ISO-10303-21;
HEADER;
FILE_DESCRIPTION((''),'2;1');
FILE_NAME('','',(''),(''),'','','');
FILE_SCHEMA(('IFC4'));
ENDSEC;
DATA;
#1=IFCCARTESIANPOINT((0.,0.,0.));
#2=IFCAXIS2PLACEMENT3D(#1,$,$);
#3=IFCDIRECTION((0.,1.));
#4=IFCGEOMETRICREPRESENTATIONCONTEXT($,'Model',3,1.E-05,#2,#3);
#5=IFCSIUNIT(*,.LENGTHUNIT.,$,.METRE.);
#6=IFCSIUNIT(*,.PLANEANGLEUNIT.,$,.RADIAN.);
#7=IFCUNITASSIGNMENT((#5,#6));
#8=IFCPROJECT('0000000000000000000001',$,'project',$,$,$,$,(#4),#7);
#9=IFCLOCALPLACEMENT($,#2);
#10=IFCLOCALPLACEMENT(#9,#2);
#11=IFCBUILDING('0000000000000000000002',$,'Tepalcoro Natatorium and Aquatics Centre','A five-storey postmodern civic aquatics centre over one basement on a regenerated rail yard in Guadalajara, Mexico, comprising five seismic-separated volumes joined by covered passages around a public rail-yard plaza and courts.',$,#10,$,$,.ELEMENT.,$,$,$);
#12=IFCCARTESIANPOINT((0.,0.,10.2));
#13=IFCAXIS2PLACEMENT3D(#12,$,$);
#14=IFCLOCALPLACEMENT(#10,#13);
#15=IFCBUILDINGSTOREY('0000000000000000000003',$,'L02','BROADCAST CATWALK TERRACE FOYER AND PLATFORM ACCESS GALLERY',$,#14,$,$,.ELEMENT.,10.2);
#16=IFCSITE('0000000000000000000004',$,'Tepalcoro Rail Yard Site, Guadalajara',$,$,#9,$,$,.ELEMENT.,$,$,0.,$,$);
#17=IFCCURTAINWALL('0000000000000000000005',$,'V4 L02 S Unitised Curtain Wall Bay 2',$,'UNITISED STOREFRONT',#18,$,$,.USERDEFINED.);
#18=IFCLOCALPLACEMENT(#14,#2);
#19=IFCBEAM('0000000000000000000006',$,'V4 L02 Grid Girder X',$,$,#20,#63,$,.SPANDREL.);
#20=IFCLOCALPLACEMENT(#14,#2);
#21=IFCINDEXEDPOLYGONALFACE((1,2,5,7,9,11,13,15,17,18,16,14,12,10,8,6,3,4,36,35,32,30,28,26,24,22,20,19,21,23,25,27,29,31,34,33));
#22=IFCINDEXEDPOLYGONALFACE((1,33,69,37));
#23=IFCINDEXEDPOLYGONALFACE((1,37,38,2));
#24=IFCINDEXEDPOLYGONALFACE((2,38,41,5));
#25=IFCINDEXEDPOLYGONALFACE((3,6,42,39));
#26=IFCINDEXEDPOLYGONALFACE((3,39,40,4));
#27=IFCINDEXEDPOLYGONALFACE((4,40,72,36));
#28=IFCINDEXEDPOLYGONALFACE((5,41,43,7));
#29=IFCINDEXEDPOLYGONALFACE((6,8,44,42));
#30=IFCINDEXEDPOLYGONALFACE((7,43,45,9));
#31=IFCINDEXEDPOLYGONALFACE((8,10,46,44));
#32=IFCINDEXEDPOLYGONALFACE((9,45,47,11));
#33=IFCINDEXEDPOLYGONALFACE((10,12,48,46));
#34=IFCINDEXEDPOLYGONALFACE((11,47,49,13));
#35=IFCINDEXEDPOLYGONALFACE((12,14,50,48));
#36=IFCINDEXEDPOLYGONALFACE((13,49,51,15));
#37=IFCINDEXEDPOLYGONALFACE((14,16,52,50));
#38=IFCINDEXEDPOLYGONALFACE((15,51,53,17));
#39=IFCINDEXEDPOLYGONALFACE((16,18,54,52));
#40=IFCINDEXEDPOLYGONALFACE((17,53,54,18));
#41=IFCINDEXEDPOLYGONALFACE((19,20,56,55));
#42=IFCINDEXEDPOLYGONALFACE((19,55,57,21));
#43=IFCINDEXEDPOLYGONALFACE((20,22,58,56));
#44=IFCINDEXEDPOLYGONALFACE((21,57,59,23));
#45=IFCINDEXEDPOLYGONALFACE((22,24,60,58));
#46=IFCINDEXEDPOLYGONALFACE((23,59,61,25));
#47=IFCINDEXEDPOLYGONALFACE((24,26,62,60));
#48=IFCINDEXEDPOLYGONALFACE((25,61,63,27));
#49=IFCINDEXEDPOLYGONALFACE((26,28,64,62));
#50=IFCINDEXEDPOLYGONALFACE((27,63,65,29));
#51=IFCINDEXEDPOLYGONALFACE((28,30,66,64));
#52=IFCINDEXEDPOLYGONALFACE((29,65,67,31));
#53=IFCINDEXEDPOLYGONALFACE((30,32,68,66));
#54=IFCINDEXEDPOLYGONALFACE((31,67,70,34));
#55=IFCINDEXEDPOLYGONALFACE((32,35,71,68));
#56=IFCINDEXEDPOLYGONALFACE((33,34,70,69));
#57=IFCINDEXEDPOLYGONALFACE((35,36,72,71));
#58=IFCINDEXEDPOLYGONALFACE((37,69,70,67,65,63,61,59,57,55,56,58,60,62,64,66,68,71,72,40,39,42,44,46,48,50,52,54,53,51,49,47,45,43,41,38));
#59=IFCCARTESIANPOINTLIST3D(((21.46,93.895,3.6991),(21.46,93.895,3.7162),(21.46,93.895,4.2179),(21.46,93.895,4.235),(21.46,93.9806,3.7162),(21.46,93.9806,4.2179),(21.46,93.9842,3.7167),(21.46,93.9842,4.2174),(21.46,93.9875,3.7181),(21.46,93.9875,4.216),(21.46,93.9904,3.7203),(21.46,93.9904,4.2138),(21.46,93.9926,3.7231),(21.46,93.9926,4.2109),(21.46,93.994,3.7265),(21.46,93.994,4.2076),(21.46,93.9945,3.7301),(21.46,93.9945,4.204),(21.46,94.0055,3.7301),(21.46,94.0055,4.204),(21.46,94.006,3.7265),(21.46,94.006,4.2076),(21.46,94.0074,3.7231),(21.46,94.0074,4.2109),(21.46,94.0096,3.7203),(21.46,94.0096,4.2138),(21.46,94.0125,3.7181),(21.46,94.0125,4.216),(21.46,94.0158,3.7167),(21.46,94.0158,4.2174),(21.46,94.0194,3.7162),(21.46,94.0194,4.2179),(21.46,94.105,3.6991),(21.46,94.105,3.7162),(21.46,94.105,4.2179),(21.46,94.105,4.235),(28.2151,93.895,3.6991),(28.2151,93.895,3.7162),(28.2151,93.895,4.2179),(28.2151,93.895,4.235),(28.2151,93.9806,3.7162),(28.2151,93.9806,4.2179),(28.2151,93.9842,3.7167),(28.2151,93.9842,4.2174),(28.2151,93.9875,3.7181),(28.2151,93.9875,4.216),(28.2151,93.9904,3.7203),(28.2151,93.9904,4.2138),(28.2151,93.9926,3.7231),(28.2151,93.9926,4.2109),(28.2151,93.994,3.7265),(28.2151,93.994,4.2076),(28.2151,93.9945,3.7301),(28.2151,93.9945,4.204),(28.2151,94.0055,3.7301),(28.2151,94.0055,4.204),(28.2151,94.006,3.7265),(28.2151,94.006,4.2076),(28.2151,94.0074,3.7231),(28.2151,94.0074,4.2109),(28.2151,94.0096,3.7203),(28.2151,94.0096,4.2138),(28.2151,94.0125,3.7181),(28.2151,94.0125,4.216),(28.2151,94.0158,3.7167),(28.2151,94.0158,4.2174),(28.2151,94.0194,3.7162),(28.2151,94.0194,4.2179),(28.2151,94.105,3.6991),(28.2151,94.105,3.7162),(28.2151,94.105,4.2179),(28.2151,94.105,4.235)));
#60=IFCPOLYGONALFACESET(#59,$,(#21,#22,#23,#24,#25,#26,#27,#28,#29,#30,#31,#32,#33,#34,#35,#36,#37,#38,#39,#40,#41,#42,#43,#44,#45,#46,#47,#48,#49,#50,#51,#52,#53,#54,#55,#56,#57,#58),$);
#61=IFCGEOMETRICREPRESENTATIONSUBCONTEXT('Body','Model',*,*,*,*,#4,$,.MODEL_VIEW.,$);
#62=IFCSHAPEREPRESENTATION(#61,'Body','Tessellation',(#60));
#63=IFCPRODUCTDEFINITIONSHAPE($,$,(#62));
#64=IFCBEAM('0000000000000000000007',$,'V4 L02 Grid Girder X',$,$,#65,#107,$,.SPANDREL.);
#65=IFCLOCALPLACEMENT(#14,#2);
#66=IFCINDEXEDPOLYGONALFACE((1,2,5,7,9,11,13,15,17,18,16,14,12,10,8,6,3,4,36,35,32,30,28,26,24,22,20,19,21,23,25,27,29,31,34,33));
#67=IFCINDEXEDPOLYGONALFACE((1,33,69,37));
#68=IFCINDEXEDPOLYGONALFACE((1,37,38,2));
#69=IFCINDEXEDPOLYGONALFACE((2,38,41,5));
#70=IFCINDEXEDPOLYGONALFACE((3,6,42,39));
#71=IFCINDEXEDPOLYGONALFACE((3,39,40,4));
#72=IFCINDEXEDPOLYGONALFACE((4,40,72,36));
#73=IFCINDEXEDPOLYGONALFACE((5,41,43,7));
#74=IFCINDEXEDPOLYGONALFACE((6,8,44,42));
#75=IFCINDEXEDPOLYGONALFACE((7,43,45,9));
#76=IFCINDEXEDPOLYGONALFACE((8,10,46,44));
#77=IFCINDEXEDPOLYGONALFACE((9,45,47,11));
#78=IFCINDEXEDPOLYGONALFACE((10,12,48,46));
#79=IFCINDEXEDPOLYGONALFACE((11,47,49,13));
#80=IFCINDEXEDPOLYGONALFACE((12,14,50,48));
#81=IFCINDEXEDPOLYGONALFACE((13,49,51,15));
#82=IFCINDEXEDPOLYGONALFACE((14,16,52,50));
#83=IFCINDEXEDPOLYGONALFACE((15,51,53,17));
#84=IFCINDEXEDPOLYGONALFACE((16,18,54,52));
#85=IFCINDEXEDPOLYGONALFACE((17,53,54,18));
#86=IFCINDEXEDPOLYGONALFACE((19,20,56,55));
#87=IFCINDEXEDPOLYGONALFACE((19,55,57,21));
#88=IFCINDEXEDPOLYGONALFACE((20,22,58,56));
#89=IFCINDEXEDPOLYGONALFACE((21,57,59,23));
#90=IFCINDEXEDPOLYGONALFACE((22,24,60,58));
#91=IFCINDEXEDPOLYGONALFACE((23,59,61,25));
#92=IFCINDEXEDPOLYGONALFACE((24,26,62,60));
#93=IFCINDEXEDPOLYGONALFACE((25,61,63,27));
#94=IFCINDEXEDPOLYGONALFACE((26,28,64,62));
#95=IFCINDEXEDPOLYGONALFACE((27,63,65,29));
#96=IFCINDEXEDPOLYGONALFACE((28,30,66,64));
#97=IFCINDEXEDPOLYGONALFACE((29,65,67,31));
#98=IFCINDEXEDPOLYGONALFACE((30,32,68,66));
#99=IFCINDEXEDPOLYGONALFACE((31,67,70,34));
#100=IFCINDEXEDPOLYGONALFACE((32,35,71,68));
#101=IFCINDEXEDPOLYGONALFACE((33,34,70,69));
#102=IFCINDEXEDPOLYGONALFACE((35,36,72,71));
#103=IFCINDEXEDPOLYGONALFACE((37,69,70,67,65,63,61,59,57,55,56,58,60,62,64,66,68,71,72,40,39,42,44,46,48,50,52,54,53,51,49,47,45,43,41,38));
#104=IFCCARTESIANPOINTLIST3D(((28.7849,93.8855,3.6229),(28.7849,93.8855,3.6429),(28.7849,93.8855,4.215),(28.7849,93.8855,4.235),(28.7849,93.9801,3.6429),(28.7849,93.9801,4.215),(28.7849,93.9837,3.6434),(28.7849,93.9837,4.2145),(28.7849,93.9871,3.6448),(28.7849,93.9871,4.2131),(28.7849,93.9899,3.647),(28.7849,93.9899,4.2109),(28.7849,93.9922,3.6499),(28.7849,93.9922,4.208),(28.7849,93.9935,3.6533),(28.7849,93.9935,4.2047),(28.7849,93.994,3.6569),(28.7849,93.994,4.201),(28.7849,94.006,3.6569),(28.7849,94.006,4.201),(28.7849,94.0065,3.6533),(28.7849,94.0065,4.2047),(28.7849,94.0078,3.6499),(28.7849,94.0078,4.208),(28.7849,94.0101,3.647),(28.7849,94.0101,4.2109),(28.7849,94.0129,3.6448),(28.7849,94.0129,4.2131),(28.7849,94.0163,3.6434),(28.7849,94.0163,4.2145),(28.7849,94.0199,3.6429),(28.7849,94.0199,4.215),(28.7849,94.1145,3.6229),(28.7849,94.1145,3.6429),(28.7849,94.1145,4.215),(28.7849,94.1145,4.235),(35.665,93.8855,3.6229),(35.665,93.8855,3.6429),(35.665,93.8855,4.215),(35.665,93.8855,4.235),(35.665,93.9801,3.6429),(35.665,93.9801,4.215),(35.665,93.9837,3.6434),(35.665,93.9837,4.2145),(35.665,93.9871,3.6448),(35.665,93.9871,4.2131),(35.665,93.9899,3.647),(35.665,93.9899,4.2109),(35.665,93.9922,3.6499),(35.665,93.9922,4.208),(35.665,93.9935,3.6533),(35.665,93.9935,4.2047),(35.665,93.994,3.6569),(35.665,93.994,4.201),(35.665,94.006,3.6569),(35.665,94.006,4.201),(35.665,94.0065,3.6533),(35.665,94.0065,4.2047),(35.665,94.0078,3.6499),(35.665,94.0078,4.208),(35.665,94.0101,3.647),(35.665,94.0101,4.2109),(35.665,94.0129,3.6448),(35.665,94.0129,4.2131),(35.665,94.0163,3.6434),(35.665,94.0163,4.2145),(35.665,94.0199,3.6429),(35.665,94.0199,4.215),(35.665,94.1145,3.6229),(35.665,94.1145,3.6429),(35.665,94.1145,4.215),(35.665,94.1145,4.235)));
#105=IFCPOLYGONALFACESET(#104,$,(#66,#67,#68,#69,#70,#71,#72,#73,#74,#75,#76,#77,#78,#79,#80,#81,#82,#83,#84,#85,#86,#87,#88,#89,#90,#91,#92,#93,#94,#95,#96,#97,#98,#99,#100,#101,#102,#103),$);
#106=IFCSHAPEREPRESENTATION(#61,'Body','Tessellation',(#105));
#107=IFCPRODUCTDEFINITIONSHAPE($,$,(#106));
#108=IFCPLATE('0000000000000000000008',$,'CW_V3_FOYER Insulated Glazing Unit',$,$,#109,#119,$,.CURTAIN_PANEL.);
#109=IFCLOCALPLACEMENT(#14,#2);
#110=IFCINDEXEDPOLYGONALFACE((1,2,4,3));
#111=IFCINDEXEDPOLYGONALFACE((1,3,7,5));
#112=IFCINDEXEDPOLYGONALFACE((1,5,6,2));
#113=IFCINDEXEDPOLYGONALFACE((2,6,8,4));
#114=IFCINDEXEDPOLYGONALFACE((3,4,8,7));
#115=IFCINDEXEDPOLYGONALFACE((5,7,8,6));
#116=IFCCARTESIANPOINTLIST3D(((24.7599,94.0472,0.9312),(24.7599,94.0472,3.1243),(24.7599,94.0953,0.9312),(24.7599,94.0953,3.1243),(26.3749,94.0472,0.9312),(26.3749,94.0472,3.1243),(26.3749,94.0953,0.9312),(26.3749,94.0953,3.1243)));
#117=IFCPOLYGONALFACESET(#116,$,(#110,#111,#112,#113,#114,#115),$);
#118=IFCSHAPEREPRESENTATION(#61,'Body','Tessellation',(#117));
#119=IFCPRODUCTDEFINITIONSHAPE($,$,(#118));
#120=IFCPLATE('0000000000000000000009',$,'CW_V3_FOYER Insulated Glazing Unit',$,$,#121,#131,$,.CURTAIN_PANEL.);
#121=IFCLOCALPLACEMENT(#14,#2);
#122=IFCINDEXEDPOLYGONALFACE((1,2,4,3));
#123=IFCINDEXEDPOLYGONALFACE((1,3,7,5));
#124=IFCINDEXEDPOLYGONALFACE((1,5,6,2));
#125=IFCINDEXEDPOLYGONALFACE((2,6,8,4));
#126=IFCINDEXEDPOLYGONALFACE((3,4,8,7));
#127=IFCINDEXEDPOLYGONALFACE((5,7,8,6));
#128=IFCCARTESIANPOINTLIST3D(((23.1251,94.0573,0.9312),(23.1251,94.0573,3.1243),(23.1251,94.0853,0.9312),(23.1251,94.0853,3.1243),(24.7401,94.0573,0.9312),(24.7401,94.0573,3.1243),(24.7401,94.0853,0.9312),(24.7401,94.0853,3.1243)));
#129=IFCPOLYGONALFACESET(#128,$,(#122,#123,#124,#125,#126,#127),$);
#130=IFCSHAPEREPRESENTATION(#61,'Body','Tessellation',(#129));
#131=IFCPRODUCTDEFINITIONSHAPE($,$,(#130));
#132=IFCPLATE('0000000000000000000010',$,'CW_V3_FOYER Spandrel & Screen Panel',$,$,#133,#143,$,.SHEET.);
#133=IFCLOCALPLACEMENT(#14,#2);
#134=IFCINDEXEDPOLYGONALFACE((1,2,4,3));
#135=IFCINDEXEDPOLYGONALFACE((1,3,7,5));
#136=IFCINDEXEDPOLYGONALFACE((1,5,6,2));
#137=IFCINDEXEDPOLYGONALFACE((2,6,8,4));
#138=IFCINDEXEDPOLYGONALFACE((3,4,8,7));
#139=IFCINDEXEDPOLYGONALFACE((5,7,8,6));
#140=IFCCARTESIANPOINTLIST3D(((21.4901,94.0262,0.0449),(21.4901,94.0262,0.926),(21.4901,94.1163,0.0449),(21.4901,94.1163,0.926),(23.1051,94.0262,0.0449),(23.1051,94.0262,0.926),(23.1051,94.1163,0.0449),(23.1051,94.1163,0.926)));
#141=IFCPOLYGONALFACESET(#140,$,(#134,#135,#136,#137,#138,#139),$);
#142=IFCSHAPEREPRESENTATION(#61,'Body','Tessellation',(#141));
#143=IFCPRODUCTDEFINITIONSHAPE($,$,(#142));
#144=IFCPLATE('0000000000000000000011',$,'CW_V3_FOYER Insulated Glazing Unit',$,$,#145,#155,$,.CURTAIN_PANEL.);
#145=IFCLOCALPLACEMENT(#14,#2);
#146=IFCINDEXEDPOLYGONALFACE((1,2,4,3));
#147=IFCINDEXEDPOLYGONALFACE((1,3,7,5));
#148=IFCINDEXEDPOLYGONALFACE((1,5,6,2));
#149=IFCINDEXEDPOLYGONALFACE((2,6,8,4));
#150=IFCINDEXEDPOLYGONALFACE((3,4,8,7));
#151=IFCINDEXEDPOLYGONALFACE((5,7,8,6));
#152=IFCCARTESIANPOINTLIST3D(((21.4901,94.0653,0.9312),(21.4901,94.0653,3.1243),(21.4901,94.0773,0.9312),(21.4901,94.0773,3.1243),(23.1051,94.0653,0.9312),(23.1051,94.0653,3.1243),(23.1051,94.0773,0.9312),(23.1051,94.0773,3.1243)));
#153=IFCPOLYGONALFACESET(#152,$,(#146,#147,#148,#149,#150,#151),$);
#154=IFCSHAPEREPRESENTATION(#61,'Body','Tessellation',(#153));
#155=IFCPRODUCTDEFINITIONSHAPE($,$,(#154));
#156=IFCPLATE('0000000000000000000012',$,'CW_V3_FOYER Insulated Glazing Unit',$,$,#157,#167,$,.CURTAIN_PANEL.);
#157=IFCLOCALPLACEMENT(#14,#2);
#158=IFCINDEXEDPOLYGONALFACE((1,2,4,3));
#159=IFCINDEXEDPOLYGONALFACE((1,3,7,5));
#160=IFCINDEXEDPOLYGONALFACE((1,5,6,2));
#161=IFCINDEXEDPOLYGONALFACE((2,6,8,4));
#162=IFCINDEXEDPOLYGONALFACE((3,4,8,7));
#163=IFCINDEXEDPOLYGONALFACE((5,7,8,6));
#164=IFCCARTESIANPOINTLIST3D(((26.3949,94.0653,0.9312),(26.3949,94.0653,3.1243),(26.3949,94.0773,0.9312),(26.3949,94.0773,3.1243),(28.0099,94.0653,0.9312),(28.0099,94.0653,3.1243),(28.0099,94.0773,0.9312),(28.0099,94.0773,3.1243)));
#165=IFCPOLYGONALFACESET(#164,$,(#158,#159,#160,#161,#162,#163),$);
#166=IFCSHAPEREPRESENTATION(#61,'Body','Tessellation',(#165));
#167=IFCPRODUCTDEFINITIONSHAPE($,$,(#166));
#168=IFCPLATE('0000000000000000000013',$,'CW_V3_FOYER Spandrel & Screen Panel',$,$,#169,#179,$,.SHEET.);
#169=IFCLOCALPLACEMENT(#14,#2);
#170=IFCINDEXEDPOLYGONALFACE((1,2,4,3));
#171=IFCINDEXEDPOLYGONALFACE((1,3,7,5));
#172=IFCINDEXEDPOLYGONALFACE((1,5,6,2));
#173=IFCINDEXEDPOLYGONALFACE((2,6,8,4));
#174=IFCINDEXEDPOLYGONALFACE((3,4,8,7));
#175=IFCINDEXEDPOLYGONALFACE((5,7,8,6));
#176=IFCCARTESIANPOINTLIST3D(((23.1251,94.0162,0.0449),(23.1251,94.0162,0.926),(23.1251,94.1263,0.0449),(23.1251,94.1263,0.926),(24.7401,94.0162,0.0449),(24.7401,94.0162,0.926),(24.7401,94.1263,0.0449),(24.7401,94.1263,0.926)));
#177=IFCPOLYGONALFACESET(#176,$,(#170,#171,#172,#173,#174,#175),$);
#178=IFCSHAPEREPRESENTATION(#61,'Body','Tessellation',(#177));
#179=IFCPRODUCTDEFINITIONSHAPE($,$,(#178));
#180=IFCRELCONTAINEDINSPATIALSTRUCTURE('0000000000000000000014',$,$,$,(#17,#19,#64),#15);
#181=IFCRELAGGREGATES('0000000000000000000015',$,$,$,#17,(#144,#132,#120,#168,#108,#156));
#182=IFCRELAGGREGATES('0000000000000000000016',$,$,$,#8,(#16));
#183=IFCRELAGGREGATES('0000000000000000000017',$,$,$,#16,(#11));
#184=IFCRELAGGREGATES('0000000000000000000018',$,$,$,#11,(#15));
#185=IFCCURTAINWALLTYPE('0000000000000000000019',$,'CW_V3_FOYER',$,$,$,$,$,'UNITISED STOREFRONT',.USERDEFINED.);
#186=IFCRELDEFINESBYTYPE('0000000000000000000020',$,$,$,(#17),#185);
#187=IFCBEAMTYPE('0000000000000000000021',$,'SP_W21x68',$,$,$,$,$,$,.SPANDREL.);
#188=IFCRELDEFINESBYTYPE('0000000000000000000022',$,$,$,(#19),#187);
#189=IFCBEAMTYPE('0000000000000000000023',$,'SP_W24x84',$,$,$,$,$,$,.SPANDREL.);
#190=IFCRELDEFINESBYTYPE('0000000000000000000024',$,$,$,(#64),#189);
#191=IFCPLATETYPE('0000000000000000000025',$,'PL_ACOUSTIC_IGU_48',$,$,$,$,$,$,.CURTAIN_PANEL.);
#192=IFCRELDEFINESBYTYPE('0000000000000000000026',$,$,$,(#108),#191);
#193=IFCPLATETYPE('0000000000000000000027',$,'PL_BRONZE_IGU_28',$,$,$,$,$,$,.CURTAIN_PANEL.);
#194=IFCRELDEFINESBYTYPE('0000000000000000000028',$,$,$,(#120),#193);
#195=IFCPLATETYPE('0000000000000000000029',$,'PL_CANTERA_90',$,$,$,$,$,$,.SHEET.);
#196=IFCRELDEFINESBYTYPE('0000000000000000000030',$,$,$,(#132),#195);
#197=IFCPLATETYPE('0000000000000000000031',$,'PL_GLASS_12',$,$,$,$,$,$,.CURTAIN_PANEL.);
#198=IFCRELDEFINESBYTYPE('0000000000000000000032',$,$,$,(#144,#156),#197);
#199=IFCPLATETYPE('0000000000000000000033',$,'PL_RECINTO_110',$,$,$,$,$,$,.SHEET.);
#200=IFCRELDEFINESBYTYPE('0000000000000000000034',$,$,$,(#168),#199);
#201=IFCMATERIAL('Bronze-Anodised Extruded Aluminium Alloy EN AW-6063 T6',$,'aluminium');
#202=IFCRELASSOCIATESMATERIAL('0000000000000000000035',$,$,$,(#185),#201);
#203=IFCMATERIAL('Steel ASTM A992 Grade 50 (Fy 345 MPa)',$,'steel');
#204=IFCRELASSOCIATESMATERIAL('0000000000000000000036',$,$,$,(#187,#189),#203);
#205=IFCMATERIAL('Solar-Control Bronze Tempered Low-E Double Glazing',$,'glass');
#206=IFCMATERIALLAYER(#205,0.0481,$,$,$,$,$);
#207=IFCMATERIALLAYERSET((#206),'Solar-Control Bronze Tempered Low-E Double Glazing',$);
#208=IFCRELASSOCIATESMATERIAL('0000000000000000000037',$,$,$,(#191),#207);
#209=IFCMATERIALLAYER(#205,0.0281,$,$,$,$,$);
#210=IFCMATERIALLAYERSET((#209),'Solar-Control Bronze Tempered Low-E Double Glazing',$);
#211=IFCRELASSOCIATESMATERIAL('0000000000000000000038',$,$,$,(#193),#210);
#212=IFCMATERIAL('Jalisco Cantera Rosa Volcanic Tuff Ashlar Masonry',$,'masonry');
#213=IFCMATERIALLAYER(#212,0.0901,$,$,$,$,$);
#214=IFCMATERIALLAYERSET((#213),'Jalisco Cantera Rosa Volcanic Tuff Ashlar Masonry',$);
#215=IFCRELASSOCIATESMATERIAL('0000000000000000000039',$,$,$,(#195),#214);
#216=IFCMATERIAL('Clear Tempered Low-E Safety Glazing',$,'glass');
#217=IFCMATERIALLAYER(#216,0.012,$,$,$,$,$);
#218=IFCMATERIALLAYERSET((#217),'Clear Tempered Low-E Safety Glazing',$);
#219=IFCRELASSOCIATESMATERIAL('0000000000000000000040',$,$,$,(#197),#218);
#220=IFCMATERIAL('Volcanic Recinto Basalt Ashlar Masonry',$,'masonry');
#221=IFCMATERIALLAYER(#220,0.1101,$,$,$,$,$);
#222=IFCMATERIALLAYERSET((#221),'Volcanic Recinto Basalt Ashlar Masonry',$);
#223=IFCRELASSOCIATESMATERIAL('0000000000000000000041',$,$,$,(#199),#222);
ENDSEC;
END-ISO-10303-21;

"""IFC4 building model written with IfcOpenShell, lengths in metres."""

from ifc_helpers import new_model, si_unit, direction, frame, origin, origin_2d, place, context, subcontext, project, spatial, rectangle, i_section, extrude, material, layer, layer_set, material_profile, profile_set, type_object, element, aggregate, save


model = new_model("IFC4")

# Units and contexts
model_context = context("Model", 3, precision=1e-05, world=origin(), true_north=direction((0.0, 1.0)))
body_context = subcontext(model_context, "Body", "Model", "MODEL_VIEW")
ifc_project = project(units=[si_unit("LENGTHUNIT", "METRE"), si_unit("PLANEANGLEUNIT", "RADIAN")], contexts=[model_context])

# Site, building, storey
site_placement = place(None, origin())
site = spatial("IfcSite", under=ifc_project, at=site_placement, Name="Tepalcoro Rail Yard Site, Guadalajara", CompositionType="ELEMENT", RefElevation=0.0)
building_placement = place(site_placement, origin())
building = spatial("IfcBuilding", under=site, at=building_placement, Name="Tepalcoro Natatorium and Aquatics Centre", Description="A five-storey postmodern civic aquatics centre over one basement on a regenerated rail yard in Guadalajara, Mexico, comprising five seismic-separated volumes joined by covered passages around a public rail-yard plaza and courts.", CompositionType="ELEMENT")
storey_placement = place(building_placement, frame((0.0, 0.0, 10.2)))
storey = spatial("IfcBuildingStorey", under=building, at=storey_placement, Name="L02", Description="BROADCAST CATWALK TERRACE FOYER AND PLATFORM ACCESS GALLERY", CompositionType="ELEMENT", Elevation=10.2)

# Curtain wall
ifc_material_1 = material(Name="Bronze-Anodised Extruded Aluminium Alloy EN AW-6063 T6", Category="aluminium")
curtain_wall_type = type_object("IfcCurtainWallType", Name="CW_V3_FOYER", ElementType="UNITISED STOREFRONT", PredefinedType="USERDEFINED", material=ifc_material_1)
curtain_wall_placement = place(storey_placement, origin())
curtain_wall = element("IfcCurtainWall", 1, at=curtain_wall_placement, inside=storey, type_object=curtain_wall_type, Name="V4 L02 S Unitised Curtain Wall Bay 2", ObjectType="UNITISED STOREFRONT", PredefinedType="USERDEFINED")

# Shared definitions
ifc_material_2 = material(Name="Steel ASTM A992 Grade 50 (Fy 345 MPa)", Category="steel")

# Beams
ifc_material_profile_1 = material_profile(ifc_material_2, i_section(OverallWidth=0.21, OverallDepth=0.5359, WebThickness=0.011, FlangeThickness=0.0171, FilletRadius=0.0139, at=origin_2d()), Name="W21X68")
ifc_profile_set_1 = profile_set([ifc_material_profile_1], Name="Steel ASTM A992 Grade 50 (Fy 345 MPa)")
beam_type_1 = type_object("IfcBeamType", Name="SP_W21x68", PredefinedType="SPANDREL", material=ifc_profile_set_1)
beam_1_placement = place(storey_placement, frame((21.46, 94.0, 3.967), z_axis=(1.0, 0.0, 0.0), x_axis=(0.0, 1.0, 0.0)))
element("IfcBeam", 2, at=beam_1_placement, inside=storey, type_object=beam_type_1, Name="V4 L02 Grid Girder X", PredefinedType="SPANDREL", context=body_context, shape_type="SweptSolid", body=[
    extrude(i_section(OverallWidth=0.21, OverallDepth=0.5359, WebThickness=0.011, FlangeThickness=0.0171, FilletRadius=0.0139, at=origin_2d()), origin(), (0.0, 0.0, 1.0), 6.7551),
])
ifc_material_profile_2 = material_profile(ifc_material_2, i_section(OverallWidth=0.229, OverallDepth=0.6121, WebThickness=0.012, FlangeThickness=0.02, FilletRadius=0.0139, at=origin_2d()), Name="W24X84")
ifc_profile_set_2 = profile_set([ifc_material_profile_2], Name="Steel ASTM A992 Grade 50 (Fy 345 MPa)")
beam_type_2 = type_object("IfcBeamType", Name="SP_W24x84", PredefinedType="SPANDREL", material=ifc_profile_set_2)
beam_2_placement = place(storey_placement, frame((28.7849, 94.0, 3.929), z_axis=(1.0, 0.0, 0.0), x_axis=(0.0, 1.0, 0.0)))
element("IfcBeam", 3, at=beam_2_placement, inside=storey, type_object=beam_type_2, Name="V4 L02 Grid Girder X", PredefinedType="SPANDREL", context=body_context, shape_type="SweptSolid", body=[
    extrude(i_section(OverallWidth=0.229, OverallDepth=0.6121, WebThickness=0.012, FlangeThickness=0.02, FilletRadius=0.0139, at=origin_2d()), origin(), (0.0, 0.0, 1.0), 6.8801),
])

# Plates
ifc_material_3 = material(Name="Solar-Control Bronze Tempered Low-E Double Glazing", Category="glass")
ifc_layer_1 = layer(ifc_material_3, 0.0481)
ifc_layer_set_1 = layer_set([ifc_layer_1], Name="Solar-Control Bronze Tempered Low-E Double Glazing")
plate_type_1 = type_object("IfcPlateType", Name="PL_ACOUSTIC_IGU_48", PredefinedType="CURTAIN_PANEL", material=ifc_layer_set_1)
plate_1_placement = place(storey_placement, frame((25.5674, 94.0713, 0.9312), z_axis=(0.0, 0.0, 1.0), x_axis=(1.0, 0.0, 0.0)))
plate_1 = element("IfcPlate", 4, at=plate_1_placement, type_object=plate_type_1, Name="CW_V3_FOYER Insulated Glazing Unit", PredefinedType="CURTAIN_PANEL", context=body_context, shape_type="SweptSolid", body=[
    extrude(rectangle(XDim=1.615, YDim=0.0481, at=origin_2d()), origin(), (0.0, 0.0, 1.0), 2.1931),
])
ifc_layer_2 = layer(ifc_material_3, 0.0281)
ifc_layer_set_2 = layer_set([ifc_layer_2], Name="Solar-Control Bronze Tempered Low-E Double Glazing")
plate_type_2 = type_object("IfcPlateType", Name="PL_BRONZE_IGU_28", PredefinedType="CURTAIN_PANEL", material=ifc_layer_set_2)
plate_2_placement = place(storey_placement, frame((23.9326, 94.0713, 0.9312), z_axis=(0.0, 0.0, 1.0), x_axis=(1.0, 0.0, 0.0)))
plate_2 = element("IfcPlate", 5, at=plate_2_placement, type_object=plate_type_2, Name="CW_V3_FOYER Insulated Glazing Unit", PredefinedType="CURTAIN_PANEL", context=body_context, shape_type="SweptSolid", body=[
    extrude(rectangle(XDim=1.615, YDim=0.0281, at=origin_2d()), origin(), (0.0, 0.0, 1.0), 2.1931),
])
ifc_material_4 = material(Name="Jalisco Cantera Rosa Volcanic Tuff Ashlar Masonry", Category="masonry")
ifc_layer_3 = layer(ifc_material_4, 0.0901)
ifc_layer_set_3 = layer_set([ifc_layer_3], Name="Jalisco Cantera Rosa Volcanic Tuff Ashlar Masonry")
plate_type_3 = type_object("IfcPlateType", Name="PL_CANTERA_90", PredefinedType="SHEET", material=ifc_layer_set_3)
plate_3_placement = place(storey_placement, frame((22.2976, 94.0713, 0.0449), z_axis=(0.0, 0.0, 1.0), x_axis=(1.0, 0.0, 0.0)))
plate_3 = element("IfcPlate", 6, at=plate_3_placement, type_object=plate_type_3, Name="CW_V3_FOYER Spandrel & Screen Panel", PredefinedType="SHEET", context=body_context, shape_type="SweptSolid", body=[
    extrude(rectangle(XDim=1.615, YDim=0.0901, at=origin_2d()), origin(), (0.0, 0.0, 1.0), 0.8811),
])
ifc_material_5 = material(Name="Clear Tempered Low-E Safety Glazing", Category="glass")
ifc_layer_4 = layer(ifc_material_5, 0.012)
ifc_layer_set_4 = layer_set([ifc_layer_4], Name="Clear Tempered Low-E Safety Glazing")
plate_type_4 = type_object("IfcPlateType", Name="PL_GLASS_12", PredefinedType="CURTAIN_PANEL", material=ifc_layer_set_4)
plate_4_placement = place(storey_placement, frame((22.2976, 94.0713, 0.9312), z_axis=(0.0, 0.0, 1.0), x_axis=(1.0, 0.0, 0.0)))
plate_4 = element("IfcPlate", 7, at=plate_4_placement, type_object=plate_type_4, Name="CW_V3_FOYER Insulated Glazing Unit", PredefinedType="CURTAIN_PANEL", context=body_context, shape_type="SweptSolid", body=[
    extrude(rectangle(XDim=1.615, YDim=0.012, at=origin_2d()), origin(), (0.0, 0.0, 1.0), 2.1931),
])
plate_5_placement = place(storey_placement, frame((27.2024, 94.0713, 0.9312), z_axis=(0.0, 0.0, 1.0), x_axis=(1.0, 0.0, 0.0)))
plate_5 = element("IfcPlate", 8, at=plate_5_placement, type_object=plate_type_4, Name="CW_V3_FOYER Insulated Glazing Unit", PredefinedType="CURTAIN_PANEL", context=body_context, shape_type="SweptSolid", body=[
    extrude(rectangle(XDim=1.615, YDim=0.012, at=origin_2d()), origin(), (0.0, 0.0, 1.0), 2.1931),
])
ifc_material_6 = material(Name="Volcanic Recinto Basalt Ashlar Masonry", Category="masonry")
ifc_layer_5 = layer(ifc_material_6, 0.1101)
ifc_layer_set_5 = layer_set([ifc_layer_5], Name="Volcanic Recinto Basalt Ashlar Masonry")
plate_type_5 = type_object("IfcPlateType", Name="PL_RECINTO_110", PredefinedType="SHEET", material=ifc_layer_set_5)
plate_6_placement = place(storey_placement, frame((23.9326, 94.0713, 0.0449), z_axis=(0.0, 0.0, 1.0), x_axis=(1.0, 0.0, 0.0)))
plate_6 = element("IfcPlate", 9, at=plate_6_placement, type_object=plate_type_5, Name="CW_V3_FOYER Spandrel & Screen Panel", PredefinedType="SHEET", context=body_context, shape_type="SweptSolid", body=[
    extrude(rectangle(XDim=1.615, YDim=0.1101, at=origin_2d()), origin(), (0.0, 0.0, 1.0), 0.8811),
])
aggregate(curtain_wall, [plate_4, plate_3, plate_2, plate_6, plate_1, plate_5])

save(model, "model.ifc")
